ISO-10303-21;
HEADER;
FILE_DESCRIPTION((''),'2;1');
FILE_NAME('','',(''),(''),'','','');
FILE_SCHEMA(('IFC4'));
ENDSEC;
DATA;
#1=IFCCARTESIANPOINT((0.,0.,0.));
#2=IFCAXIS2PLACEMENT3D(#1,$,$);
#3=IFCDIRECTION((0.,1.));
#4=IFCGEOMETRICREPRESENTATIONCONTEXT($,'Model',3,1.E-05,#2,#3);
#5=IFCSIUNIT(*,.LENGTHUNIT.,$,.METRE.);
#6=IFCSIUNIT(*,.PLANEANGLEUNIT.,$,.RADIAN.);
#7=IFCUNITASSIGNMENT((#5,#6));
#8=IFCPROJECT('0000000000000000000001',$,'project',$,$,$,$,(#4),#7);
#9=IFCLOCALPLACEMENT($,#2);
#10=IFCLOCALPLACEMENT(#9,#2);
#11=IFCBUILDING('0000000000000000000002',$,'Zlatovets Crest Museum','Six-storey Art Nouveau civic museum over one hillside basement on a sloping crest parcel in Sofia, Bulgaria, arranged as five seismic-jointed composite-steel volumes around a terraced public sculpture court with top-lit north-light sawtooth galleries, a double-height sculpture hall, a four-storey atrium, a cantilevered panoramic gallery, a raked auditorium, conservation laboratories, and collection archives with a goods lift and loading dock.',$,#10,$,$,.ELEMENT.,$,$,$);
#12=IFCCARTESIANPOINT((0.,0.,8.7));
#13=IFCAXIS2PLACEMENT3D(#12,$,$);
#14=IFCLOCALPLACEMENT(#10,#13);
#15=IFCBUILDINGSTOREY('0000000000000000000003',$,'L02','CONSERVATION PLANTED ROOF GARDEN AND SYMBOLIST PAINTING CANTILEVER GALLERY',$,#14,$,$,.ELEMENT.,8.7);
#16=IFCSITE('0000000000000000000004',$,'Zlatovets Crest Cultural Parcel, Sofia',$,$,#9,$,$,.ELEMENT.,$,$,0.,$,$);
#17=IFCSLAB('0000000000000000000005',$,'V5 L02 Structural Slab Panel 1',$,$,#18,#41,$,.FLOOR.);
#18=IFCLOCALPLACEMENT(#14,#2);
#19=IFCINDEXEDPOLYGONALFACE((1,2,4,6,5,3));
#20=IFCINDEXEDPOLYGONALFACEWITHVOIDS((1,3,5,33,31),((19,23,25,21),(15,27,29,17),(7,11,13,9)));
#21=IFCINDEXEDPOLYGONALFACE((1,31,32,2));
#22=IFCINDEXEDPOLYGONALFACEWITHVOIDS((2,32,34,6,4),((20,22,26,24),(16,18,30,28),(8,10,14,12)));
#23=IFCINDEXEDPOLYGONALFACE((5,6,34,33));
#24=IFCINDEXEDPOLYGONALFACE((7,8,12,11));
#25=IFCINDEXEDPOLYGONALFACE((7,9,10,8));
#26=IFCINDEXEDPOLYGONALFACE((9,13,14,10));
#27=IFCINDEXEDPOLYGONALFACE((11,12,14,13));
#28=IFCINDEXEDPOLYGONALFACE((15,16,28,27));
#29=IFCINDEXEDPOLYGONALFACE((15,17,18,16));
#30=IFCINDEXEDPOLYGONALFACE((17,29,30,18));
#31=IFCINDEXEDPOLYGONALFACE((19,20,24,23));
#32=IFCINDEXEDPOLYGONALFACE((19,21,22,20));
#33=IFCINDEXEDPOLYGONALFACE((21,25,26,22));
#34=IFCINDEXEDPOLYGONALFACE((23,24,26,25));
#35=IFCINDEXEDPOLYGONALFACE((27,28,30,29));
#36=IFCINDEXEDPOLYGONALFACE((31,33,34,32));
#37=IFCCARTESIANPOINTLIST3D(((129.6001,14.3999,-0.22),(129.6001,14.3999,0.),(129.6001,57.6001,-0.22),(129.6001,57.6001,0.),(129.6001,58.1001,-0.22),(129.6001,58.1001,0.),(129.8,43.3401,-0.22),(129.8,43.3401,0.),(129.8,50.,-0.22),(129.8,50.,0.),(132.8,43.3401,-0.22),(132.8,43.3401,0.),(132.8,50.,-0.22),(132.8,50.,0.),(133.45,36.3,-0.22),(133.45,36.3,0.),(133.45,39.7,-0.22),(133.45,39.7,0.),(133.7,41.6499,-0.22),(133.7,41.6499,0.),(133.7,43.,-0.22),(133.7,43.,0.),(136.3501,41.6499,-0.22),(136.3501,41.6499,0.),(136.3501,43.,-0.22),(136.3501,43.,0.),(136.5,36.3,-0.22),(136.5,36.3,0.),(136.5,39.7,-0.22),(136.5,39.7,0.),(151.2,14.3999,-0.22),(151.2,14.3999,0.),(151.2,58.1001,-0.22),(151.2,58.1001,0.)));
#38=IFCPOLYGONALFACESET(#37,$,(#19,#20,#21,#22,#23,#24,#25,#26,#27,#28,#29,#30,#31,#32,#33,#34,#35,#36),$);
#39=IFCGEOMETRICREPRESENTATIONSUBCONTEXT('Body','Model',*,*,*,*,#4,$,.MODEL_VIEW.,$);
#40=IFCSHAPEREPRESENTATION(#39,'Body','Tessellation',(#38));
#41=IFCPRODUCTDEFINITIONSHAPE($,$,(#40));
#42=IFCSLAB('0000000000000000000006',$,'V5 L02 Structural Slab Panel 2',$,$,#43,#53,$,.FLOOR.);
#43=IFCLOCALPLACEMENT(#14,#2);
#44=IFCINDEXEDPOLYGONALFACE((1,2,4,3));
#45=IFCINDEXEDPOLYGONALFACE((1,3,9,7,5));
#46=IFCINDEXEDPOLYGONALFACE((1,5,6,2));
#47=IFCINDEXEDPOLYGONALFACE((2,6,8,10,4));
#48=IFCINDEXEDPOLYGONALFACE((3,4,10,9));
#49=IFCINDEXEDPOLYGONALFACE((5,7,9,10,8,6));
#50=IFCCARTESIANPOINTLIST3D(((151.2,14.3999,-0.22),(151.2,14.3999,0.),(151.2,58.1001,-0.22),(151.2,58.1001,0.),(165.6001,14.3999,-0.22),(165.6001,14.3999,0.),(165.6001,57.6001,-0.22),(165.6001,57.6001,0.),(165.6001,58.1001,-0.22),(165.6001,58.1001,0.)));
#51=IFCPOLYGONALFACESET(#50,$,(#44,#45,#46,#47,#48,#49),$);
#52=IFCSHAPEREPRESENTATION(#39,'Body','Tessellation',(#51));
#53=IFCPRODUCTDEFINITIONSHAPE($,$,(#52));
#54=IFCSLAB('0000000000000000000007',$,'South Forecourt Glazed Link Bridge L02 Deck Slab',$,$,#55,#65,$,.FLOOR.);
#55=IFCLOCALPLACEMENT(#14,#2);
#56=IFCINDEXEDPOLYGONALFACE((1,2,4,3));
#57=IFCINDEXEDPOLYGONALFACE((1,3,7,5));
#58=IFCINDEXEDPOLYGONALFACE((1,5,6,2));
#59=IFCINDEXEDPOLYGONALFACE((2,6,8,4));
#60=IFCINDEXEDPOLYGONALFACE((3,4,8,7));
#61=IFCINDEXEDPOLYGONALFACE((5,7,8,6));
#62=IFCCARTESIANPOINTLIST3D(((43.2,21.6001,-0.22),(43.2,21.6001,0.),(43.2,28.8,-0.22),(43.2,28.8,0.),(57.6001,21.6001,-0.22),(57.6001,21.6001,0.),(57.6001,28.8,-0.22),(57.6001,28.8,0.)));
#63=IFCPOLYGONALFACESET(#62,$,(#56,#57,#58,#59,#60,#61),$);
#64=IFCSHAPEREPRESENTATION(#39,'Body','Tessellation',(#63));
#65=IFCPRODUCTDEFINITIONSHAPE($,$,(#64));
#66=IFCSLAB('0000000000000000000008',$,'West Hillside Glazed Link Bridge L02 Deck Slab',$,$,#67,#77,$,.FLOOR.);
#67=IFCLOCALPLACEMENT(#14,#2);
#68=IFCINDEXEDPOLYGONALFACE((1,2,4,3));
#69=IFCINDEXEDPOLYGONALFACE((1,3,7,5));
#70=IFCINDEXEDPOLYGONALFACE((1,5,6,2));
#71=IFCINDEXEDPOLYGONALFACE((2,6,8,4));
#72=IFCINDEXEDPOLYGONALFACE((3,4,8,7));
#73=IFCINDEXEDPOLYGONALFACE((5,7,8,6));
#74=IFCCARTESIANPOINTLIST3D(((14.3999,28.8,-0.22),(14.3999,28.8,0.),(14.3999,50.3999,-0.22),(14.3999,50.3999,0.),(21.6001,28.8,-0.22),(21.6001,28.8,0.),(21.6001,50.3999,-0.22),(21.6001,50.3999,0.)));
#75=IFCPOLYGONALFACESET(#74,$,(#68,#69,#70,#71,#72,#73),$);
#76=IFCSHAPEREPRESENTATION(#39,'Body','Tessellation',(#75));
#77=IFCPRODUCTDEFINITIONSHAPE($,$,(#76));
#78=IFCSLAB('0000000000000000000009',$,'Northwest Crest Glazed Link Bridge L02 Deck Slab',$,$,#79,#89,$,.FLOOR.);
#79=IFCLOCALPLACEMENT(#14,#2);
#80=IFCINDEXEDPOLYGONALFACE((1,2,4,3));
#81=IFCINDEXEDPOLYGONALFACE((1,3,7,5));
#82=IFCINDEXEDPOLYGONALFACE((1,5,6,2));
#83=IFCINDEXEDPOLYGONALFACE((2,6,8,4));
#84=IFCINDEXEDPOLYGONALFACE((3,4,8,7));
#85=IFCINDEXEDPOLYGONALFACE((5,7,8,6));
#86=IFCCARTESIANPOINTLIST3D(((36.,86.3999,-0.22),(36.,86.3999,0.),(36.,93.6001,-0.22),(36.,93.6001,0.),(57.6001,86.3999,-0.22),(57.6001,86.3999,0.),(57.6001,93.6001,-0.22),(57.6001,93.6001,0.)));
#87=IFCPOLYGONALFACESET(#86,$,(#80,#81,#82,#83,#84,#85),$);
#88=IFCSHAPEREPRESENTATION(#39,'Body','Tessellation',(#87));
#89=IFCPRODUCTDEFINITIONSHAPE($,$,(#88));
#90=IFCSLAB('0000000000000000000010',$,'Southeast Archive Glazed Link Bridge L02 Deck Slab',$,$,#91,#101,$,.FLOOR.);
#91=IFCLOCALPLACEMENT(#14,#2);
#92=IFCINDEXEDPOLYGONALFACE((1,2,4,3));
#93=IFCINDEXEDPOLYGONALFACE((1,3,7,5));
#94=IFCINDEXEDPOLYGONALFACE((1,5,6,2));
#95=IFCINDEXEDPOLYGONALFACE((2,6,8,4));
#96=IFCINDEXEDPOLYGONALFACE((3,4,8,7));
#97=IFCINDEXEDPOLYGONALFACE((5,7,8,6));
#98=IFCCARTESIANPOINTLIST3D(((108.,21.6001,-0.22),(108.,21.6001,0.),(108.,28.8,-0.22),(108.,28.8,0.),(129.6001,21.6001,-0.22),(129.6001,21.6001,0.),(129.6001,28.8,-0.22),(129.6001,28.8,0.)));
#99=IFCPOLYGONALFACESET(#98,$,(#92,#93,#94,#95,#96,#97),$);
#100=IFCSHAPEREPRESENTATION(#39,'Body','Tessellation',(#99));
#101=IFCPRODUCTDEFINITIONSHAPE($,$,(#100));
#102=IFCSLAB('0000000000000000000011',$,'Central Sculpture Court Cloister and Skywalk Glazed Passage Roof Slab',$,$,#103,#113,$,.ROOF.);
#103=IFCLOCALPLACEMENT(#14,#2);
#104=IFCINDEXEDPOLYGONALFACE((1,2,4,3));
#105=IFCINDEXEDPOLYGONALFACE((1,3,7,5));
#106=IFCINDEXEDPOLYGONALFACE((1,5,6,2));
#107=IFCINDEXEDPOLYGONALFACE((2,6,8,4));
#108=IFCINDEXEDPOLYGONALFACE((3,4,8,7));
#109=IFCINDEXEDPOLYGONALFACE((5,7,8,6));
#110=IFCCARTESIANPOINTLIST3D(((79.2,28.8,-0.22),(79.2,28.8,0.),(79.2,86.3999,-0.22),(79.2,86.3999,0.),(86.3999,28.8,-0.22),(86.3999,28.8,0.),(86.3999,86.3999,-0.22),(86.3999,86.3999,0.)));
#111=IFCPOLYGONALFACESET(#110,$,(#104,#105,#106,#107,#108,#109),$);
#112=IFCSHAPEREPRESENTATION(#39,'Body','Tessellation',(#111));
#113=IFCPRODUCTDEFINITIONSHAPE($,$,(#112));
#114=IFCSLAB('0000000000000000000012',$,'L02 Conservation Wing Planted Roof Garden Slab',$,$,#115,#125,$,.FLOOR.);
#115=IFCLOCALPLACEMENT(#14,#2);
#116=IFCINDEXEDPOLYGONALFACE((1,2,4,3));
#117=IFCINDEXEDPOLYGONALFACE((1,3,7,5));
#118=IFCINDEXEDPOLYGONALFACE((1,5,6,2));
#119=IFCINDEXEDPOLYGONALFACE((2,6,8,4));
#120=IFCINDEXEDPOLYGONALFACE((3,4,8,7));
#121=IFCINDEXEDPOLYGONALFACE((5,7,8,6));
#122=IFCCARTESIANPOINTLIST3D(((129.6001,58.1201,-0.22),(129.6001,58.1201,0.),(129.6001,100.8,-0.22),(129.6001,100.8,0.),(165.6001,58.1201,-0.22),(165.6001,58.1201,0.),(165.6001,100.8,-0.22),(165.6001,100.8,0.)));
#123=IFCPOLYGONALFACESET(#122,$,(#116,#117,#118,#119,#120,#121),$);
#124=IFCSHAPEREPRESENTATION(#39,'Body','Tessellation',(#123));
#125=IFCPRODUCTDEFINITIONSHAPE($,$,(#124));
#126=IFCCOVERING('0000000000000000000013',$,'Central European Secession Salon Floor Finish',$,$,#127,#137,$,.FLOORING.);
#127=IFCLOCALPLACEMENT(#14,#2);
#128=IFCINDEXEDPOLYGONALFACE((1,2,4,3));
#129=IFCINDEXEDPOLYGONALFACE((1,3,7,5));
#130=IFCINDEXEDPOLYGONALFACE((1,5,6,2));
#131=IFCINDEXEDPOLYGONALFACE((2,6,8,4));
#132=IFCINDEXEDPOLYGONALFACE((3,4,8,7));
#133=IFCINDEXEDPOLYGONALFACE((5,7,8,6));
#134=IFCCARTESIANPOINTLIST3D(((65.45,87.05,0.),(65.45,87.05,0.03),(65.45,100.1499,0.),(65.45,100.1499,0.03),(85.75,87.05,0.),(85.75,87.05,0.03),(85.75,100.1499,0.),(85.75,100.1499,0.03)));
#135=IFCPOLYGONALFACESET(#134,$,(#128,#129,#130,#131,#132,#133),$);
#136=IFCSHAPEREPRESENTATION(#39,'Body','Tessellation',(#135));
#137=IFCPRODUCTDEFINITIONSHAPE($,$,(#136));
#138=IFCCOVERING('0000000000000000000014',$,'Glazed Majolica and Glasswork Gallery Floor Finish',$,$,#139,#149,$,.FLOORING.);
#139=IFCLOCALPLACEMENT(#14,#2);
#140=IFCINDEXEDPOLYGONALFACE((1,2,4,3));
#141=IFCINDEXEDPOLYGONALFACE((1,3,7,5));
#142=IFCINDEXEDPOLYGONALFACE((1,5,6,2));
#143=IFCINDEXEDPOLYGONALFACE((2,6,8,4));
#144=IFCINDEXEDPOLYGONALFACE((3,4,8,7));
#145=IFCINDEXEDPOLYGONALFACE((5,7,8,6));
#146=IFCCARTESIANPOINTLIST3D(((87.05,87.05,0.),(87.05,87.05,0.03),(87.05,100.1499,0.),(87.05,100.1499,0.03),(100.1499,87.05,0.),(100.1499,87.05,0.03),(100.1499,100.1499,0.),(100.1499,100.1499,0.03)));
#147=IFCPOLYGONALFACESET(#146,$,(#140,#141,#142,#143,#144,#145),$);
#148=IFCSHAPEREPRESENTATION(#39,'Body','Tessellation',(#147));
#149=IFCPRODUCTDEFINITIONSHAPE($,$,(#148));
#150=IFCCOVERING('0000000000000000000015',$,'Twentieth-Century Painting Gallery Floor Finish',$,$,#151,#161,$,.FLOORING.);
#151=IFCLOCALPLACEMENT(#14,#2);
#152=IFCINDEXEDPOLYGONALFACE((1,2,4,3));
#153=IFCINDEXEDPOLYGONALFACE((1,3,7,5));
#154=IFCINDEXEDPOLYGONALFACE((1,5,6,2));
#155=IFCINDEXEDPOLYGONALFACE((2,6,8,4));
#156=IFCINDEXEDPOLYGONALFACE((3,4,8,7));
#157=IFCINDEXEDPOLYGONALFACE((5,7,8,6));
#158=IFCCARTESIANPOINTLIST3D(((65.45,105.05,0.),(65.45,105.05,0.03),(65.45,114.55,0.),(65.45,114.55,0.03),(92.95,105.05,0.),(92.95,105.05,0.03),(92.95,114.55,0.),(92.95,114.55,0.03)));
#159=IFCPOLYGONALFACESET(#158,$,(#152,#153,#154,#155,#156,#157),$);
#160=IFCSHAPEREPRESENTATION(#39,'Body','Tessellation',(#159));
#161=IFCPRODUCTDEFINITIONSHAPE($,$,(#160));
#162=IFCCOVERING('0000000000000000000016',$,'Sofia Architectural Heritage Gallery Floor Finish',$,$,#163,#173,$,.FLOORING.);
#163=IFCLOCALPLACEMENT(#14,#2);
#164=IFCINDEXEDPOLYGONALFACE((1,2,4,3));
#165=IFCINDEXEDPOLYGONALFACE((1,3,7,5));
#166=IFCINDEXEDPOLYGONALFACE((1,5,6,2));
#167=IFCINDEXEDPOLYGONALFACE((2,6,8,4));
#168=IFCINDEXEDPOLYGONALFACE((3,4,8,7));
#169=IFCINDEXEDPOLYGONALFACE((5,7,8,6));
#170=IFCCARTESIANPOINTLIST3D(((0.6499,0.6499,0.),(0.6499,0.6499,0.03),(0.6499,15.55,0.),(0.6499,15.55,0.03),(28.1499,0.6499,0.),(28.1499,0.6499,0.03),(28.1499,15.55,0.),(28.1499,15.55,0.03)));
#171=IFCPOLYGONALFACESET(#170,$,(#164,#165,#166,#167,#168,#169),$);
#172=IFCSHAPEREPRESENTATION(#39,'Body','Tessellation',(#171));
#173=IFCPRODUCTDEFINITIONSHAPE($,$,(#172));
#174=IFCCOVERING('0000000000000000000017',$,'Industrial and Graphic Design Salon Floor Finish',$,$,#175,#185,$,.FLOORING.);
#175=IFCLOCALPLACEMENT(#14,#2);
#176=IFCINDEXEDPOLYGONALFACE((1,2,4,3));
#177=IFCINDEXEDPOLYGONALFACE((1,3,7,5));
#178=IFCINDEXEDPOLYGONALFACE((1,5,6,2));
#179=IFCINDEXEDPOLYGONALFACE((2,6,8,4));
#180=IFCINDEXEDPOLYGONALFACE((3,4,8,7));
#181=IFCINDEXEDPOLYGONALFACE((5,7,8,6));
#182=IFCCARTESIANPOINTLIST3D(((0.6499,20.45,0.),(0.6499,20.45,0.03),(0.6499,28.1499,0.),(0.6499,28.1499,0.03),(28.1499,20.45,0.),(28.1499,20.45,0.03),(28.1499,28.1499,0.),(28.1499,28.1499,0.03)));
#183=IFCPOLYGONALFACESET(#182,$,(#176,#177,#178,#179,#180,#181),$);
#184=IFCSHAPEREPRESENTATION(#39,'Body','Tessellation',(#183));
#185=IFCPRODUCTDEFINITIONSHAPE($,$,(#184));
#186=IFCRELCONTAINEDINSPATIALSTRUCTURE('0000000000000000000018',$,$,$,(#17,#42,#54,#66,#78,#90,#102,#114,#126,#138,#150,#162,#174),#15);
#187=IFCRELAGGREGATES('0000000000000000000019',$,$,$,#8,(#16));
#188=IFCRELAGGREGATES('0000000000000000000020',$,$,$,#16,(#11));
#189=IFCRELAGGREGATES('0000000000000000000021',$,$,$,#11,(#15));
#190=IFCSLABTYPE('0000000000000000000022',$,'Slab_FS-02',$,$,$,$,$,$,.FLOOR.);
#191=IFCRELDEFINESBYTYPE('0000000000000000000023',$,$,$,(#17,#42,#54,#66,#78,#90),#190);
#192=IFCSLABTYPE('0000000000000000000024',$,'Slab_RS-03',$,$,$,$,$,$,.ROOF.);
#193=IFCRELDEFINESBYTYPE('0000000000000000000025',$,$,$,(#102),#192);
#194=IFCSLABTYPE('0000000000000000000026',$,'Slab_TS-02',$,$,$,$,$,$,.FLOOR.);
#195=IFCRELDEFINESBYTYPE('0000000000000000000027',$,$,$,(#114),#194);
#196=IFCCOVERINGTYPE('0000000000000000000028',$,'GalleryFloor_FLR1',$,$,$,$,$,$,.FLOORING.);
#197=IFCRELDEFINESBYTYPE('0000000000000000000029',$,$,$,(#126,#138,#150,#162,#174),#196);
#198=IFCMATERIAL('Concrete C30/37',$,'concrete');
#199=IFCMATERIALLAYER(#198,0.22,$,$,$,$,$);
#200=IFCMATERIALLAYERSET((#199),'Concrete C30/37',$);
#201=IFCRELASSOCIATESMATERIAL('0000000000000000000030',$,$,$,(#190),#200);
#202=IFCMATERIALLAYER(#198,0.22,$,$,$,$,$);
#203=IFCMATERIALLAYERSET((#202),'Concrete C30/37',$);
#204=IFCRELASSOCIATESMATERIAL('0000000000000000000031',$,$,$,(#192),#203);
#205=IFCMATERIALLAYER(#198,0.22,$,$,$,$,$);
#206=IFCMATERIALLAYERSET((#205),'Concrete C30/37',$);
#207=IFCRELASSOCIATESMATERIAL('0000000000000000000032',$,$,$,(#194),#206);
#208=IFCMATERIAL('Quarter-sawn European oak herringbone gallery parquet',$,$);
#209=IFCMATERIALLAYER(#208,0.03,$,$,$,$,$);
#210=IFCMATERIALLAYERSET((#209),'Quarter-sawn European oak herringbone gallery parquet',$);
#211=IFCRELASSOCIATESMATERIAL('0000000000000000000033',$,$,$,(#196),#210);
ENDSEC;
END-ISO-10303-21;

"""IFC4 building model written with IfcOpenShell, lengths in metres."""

from ifc_helpers import new_model, si_unit, direction, frame, origin, place, context, subcontext, project, spatial, polyline, outline, extrude, material, layer, layer_set, type_object, element, save


model = new_model("IFC4")

# Units and contexts
model_context = context("Model", 3, precision=1e-05, world=origin(), true_north=direction((0.0, 1.0)))
body_context = subcontext(model_context, "Body", "Model", "MODEL_VIEW")
ifc_project = project(units=[si_unit("LENGTHUNIT", "METRE"), si_unit("PLANEANGLEUNIT", "RADIAN")], contexts=[model_context])

# Site, building, storey
site_placement = place(None, origin())
site = spatial("IfcSite", under=ifc_project, at=site_placement, Name="Zlatovets Crest Cultural Parcel, Sofia", CompositionType="ELEMENT", RefElevation=0.0)
building_placement = place(site_placement, origin())
building = spatial("IfcBuilding", under=site, at=building_placement, Name="Zlatovets Crest Museum", Description="Six-storey Art Nouveau civic museum over one hillside basement on a sloping crest parcel in Sofia, Bulgaria, arranged as five seismic-jointed composite-steel volumes around a terraced public sculpture court with top-lit north-light sawtooth galleries, a double-height sculpture hall, a four-storey atrium, a cantilevered panoramic gallery, a raked auditorium, conservation laboratories, and collection archives with a goods lift and loading dock.", CompositionType="ELEMENT")
storey_placement = place(building_placement, frame((0.0, 0.0, 8.7)))
storey = spatial("IfcBuildingStorey", under=building, at=storey_placement, Name="L02", Description="CONSERVATION PLANTED ROOF GARDEN AND SYMBOLIST PAINTING CANTILEVER GALLERY", CompositionType="ELEMENT", Elevation=8.7)

# Slabs
ifc_material_1 = material(Name="Concrete C30/37", Category="concrete")
ifc_layer_1 = layer(ifc_material_1, 0.22)
ifc_layer_set_1 = layer_set([ifc_layer_1], Name="Concrete C30/37")
slab_type_1 = type_object("IfcSlabType", Name="Slab_FS-02", PredefinedType="FLOOR", material=ifc_layer_set_1)
slab_1_placement = place(storey_placement, frame((0.0, 0.0, -0.22)))
element("IfcSlab", 1, at=slab_1_placement, inside=storey, type_object=slab_type_1, Name="V5 L02 Structural Slab Panel 1", PredefinedType="FLOOR", context=body_context, shape_type="SweptSolid", body=[
    extrude(outline(polyline([(151.2, 58.1001), (151.2, 14.3999), (129.6001, 14.3999), (129.6001, 57.6001), (129.6001, 58.1001), (151.2, 58.1001)]), holes=[polyline([(129.8, 43.3401), (132.8, 43.3401), (132.8, 50.0), (129.8, 50.0), (129.8, 43.3401)]), polyline([(133.45, 39.7), (133.45, 36.3), (136.5, 36.3), (136.5, 39.7), (133.45, 39.7)]), polyline([(136.3501, 43.0), (133.7, 43.0), (133.7, 41.6499), (136.3501, 41.6499), (136.3501, 43.0)])]), origin(), (0.0, 0.0, 1.0), 0.22),
])
slab_2_placement = place(storey_placement, frame((0.0, 0.0, -0.22)))
element("IfcSlab", 2, at=slab_2_placement, inside=storey, type_object=slab_type_1, Name="V5 L02 Structural Slab Panel 2", PredefinedType="FLOOR", context=body_context, shape_type="SweptSolid", body=[
    extrude(outline(polyline([(165.6001, 57.6001), (165.6001, 14.3999), (151.2, 14.3999), (151.2, 58.1001), (165.6001, 58.1001), (165.6001, 57.6001)])), origin(), (0.0, 0.0, 1.0), 0.22),
])
slab_3_placement = place(storey_placement, frame((0.0, 0.0, -0.22)))
element("IfcSlab", 3, at=slab_3_placement, inside=storey, type_object=slab_type_1, Name="South Forecourt Glazed Link Bridge L02 Deck Slab", PredefinedType="FLOOR", context=body_context, shape_type="SweptSolid", body=[
    extrude(outline(polyline([(57.6001, 21.6001), (57.6001, 28.8), (43.2, 28.8), (43.2, 21.6001), (57.6001, 21.6001)])), origin(), (0.0, 0.0, 1.0), 0.22),
])
slab_4_placement = place(storey_placement, frame((0.0, 0.0, -0.22)))
element("IfcSlab", 4, at=slab_4_placement, inside=storey, type_object=slab_type_1, Name="West Hillside Glazed Link Bridge L02 Deck Slab", PredefinedType="FLOOR", context=body_context, shape_type="SweptSolid", body=[
    extrude(outline(polyline([(21.6001, 28.8), (21.6001, 50.3999), (14.3999, 50.3999), (14.3999, 28.8), (21.6001, 28.8)])), origin(), (0.0, 0.0, 1.0), 0.22),
])
slab_5_placement = place(storey_placement, frame((0.0, 0.0, -0.22)))
element("IfcSlab", 5, at=slab_5_placement, inside=storey, type_object=slab_type_1, Name="Northwest Crest Glazed Link Bridge L02 Deck Slab", PredefinedType="FLOOR", context=body_context, shape_type="SweptSolid", body=[
    extrude(outline(polyline([(57.6001, 86.3999), (57.6001, 93.6001), (36.0, 93.6001), (36.0, 86.3999), (57.6001, 86.3999)])), origin(), (0.0, 0.0, 1.0), 0.22),
])
slab_6_placement = place(storey_placement, frame((0.0, 0.0, -0.22)))
element("IfcSlab", 6, at=slab_6_placement, inside=storey, type_object=slab_type_1, Name="Southeast Archive Glazed Link Bridge L02 Deck Slab", PredefinedType="FLOOR", context=body_context, shape_type="SweptSolid", body=[
    extrude(outline(polyline([(129.6001, 21.6001), (129.6001, 28.8), (108.0, 28.8), (108.0, 21.6001), (129.6001, 21.6001)])), origin(), (0.0, 0.0, 1.0), 0.22),
])
ifc_layer_2 = layer(ifc_material_1, 0.22)
ifc_layer_set_2 = layer_set([ifc_layer_2], Name="Concrete C30/37")
slab_type_2 = type_object("IfcSlabType", Name="Slab_RS-03", PredefinedType="ROOF", material=ifc_layer_set_2)
slab_7_placement = place(storey_placement, frame((0.0, 0.0, -0.22)))
element("IfcSlab", 7, at=slab_7_placement, inside=storey, type_object=slab_type_2, Name="Central Sculpture Court Cloister and Skywalk Glazed Passage Roof Slab", PredefinedType="ROOF", context=body_context, shape_type="SweptSolid", body=[
    extrude(outline(polyline([(86.3999, 28.8), (86.3999, 86.3999), (79.2, 86.3999), (79.2, 28.8), (86.3999, 28.8)])), origin(), (0.0, 0.0, 1.0), 0.22),
])
ifc_layer_3 = layer(ifc_material_1, 0.22)
ifc_layer_set_3 = layer_set([ifc_layer_3], Name="Concrete C30/37")
slab_type_3 = type_object("IfcSlabType", Name="Slab_TS-02", PredefinedType="FLOOR", material=ifc_layer_set_3)
slab_8_placement = place(storey_placement, frame((0.0, 0.0, -0.22)))
element("IfcSlab", 8, at=slab_8_placement, inside=storey, type_object=slab_type_3, Name="L02 Conservation Wing Planted Roof Garden Slab", PredefinedType="FLOOR", context=body_context, shape_type="SweptSolid", body=[
    extrude(outline(polyline([(165.6001, 58.1201), (165.6001, 100.8), (129.6001, 100.8), (129.6001, 58.1201), (165.6001, 58.1201)])), origin(), (0.0, 0.0, 1.0), 0.22),
])

# Coverings
ifc_material_2 = material(Name="Quarter-sawn European oak herringbone gallery parquet")
ifc_layer_4 = layer(ifc_material_2, 0.03)
ifc_layer_set_4 = layer_set([ifc_layer_4], Name="Quarter-sawn European oak herringbone gallery parquet")
covering_type_1 = type_object("IfcCoveringType", Name="GalleryFloor_FLR1", PredefinedType="FLOORING", material=ifc_layer_set_4)
covering_1_placement = place(storey_placement, origin())
element("IfcCovering", 9, at=covering_1_placement, inside=storey, type_object=covering_type_1, Name="Central European Secession Salon Floor Finish", PredefinedType="FLOORING", context=body_context, shape_type="SweptSolid", body=[
    extrude(outline(polyline([(65.45, 87.05), (85.75, 87.05), (85.75, 100.1499), (65.45, 100.1499), (65.45, 87.05)])), origin(), (0.0, 0.0, 1.0), 0.03),
])
covering_2_placement = place(storey_placement, origin())
element("IfcCovering", 10, at=covering_2_placement, inside=storey, type_object=covering_type_1, Name="Glazed Majolica and Glasswork Gallery Floor Finish", PredefinedType="FLOORING", context=body_context, shape_type="SweptSolid", body=[
    extrude(outline(polyline([(87.05, 87.05), (100.1499, 87.05), (100.1499, 100.1499), (87.05, 100.1499), (87.05, 87.05)])), origin(), (0.0, 0.0, 1.0), 0.03),
])
covering_3_placement = place(storey_placement, origin())
element("IfcCovering", 11, at=covering_3_placement, inside=storey, type_object=covering_type_1, Name="Twentieth-Century Painting Gallery Floor Finish", PredefinedType="FLOORING", context=body_context, shape_type="SweptSolid", body=[
    extrude(outline(polyline([(65.45, 105.05), (92.95, 105.05), (92.95, 114.55), (65.45, 114.55), (65.45, 105.05)])), origin(), (0.0, 0.0, 1.0), 0.03),
])
covering_4_placement = place(storey_placement, origin())
element("IfcCovering", 12, at=covering_4_placement, inside=storey, type_object=covering_type_1, Name="Sofia Architectural Heritage Gallery Floor Finish", PredefinedType="FLOORING", context=body_context, shape_type="SweptSolid", body=[
    extrude(outline(polyline([(0.6499, 0.6499), (28.1499, 0.6499), (28.1499, 15.55), (0.6499, 15.55), (0.6499, 0.6499)])), origin(), (0.0, 0.0, 1.0), 0.03),
])
covering_5_placement = place(storey_placement, origin())
element("IfcCovering", 13, at=covering_5_placement, inside=storey, type_object=covering_type_1, Name="Industrial and Graphic Design Salon Floor Finish", PredefinedType="FLOORING", context=body_context, shape_type="SweptSolid", body=[
    extrude(outline(polyline([(0.6499, 20.45), (28.1499, 20.45), (28.1499, 28.1499), (0.6499, 28.1499), (0.6499, 20.45)])), origin(), (0.0, 0.0, 1.0), 0.03),
])

save(model, "model.ifc")
